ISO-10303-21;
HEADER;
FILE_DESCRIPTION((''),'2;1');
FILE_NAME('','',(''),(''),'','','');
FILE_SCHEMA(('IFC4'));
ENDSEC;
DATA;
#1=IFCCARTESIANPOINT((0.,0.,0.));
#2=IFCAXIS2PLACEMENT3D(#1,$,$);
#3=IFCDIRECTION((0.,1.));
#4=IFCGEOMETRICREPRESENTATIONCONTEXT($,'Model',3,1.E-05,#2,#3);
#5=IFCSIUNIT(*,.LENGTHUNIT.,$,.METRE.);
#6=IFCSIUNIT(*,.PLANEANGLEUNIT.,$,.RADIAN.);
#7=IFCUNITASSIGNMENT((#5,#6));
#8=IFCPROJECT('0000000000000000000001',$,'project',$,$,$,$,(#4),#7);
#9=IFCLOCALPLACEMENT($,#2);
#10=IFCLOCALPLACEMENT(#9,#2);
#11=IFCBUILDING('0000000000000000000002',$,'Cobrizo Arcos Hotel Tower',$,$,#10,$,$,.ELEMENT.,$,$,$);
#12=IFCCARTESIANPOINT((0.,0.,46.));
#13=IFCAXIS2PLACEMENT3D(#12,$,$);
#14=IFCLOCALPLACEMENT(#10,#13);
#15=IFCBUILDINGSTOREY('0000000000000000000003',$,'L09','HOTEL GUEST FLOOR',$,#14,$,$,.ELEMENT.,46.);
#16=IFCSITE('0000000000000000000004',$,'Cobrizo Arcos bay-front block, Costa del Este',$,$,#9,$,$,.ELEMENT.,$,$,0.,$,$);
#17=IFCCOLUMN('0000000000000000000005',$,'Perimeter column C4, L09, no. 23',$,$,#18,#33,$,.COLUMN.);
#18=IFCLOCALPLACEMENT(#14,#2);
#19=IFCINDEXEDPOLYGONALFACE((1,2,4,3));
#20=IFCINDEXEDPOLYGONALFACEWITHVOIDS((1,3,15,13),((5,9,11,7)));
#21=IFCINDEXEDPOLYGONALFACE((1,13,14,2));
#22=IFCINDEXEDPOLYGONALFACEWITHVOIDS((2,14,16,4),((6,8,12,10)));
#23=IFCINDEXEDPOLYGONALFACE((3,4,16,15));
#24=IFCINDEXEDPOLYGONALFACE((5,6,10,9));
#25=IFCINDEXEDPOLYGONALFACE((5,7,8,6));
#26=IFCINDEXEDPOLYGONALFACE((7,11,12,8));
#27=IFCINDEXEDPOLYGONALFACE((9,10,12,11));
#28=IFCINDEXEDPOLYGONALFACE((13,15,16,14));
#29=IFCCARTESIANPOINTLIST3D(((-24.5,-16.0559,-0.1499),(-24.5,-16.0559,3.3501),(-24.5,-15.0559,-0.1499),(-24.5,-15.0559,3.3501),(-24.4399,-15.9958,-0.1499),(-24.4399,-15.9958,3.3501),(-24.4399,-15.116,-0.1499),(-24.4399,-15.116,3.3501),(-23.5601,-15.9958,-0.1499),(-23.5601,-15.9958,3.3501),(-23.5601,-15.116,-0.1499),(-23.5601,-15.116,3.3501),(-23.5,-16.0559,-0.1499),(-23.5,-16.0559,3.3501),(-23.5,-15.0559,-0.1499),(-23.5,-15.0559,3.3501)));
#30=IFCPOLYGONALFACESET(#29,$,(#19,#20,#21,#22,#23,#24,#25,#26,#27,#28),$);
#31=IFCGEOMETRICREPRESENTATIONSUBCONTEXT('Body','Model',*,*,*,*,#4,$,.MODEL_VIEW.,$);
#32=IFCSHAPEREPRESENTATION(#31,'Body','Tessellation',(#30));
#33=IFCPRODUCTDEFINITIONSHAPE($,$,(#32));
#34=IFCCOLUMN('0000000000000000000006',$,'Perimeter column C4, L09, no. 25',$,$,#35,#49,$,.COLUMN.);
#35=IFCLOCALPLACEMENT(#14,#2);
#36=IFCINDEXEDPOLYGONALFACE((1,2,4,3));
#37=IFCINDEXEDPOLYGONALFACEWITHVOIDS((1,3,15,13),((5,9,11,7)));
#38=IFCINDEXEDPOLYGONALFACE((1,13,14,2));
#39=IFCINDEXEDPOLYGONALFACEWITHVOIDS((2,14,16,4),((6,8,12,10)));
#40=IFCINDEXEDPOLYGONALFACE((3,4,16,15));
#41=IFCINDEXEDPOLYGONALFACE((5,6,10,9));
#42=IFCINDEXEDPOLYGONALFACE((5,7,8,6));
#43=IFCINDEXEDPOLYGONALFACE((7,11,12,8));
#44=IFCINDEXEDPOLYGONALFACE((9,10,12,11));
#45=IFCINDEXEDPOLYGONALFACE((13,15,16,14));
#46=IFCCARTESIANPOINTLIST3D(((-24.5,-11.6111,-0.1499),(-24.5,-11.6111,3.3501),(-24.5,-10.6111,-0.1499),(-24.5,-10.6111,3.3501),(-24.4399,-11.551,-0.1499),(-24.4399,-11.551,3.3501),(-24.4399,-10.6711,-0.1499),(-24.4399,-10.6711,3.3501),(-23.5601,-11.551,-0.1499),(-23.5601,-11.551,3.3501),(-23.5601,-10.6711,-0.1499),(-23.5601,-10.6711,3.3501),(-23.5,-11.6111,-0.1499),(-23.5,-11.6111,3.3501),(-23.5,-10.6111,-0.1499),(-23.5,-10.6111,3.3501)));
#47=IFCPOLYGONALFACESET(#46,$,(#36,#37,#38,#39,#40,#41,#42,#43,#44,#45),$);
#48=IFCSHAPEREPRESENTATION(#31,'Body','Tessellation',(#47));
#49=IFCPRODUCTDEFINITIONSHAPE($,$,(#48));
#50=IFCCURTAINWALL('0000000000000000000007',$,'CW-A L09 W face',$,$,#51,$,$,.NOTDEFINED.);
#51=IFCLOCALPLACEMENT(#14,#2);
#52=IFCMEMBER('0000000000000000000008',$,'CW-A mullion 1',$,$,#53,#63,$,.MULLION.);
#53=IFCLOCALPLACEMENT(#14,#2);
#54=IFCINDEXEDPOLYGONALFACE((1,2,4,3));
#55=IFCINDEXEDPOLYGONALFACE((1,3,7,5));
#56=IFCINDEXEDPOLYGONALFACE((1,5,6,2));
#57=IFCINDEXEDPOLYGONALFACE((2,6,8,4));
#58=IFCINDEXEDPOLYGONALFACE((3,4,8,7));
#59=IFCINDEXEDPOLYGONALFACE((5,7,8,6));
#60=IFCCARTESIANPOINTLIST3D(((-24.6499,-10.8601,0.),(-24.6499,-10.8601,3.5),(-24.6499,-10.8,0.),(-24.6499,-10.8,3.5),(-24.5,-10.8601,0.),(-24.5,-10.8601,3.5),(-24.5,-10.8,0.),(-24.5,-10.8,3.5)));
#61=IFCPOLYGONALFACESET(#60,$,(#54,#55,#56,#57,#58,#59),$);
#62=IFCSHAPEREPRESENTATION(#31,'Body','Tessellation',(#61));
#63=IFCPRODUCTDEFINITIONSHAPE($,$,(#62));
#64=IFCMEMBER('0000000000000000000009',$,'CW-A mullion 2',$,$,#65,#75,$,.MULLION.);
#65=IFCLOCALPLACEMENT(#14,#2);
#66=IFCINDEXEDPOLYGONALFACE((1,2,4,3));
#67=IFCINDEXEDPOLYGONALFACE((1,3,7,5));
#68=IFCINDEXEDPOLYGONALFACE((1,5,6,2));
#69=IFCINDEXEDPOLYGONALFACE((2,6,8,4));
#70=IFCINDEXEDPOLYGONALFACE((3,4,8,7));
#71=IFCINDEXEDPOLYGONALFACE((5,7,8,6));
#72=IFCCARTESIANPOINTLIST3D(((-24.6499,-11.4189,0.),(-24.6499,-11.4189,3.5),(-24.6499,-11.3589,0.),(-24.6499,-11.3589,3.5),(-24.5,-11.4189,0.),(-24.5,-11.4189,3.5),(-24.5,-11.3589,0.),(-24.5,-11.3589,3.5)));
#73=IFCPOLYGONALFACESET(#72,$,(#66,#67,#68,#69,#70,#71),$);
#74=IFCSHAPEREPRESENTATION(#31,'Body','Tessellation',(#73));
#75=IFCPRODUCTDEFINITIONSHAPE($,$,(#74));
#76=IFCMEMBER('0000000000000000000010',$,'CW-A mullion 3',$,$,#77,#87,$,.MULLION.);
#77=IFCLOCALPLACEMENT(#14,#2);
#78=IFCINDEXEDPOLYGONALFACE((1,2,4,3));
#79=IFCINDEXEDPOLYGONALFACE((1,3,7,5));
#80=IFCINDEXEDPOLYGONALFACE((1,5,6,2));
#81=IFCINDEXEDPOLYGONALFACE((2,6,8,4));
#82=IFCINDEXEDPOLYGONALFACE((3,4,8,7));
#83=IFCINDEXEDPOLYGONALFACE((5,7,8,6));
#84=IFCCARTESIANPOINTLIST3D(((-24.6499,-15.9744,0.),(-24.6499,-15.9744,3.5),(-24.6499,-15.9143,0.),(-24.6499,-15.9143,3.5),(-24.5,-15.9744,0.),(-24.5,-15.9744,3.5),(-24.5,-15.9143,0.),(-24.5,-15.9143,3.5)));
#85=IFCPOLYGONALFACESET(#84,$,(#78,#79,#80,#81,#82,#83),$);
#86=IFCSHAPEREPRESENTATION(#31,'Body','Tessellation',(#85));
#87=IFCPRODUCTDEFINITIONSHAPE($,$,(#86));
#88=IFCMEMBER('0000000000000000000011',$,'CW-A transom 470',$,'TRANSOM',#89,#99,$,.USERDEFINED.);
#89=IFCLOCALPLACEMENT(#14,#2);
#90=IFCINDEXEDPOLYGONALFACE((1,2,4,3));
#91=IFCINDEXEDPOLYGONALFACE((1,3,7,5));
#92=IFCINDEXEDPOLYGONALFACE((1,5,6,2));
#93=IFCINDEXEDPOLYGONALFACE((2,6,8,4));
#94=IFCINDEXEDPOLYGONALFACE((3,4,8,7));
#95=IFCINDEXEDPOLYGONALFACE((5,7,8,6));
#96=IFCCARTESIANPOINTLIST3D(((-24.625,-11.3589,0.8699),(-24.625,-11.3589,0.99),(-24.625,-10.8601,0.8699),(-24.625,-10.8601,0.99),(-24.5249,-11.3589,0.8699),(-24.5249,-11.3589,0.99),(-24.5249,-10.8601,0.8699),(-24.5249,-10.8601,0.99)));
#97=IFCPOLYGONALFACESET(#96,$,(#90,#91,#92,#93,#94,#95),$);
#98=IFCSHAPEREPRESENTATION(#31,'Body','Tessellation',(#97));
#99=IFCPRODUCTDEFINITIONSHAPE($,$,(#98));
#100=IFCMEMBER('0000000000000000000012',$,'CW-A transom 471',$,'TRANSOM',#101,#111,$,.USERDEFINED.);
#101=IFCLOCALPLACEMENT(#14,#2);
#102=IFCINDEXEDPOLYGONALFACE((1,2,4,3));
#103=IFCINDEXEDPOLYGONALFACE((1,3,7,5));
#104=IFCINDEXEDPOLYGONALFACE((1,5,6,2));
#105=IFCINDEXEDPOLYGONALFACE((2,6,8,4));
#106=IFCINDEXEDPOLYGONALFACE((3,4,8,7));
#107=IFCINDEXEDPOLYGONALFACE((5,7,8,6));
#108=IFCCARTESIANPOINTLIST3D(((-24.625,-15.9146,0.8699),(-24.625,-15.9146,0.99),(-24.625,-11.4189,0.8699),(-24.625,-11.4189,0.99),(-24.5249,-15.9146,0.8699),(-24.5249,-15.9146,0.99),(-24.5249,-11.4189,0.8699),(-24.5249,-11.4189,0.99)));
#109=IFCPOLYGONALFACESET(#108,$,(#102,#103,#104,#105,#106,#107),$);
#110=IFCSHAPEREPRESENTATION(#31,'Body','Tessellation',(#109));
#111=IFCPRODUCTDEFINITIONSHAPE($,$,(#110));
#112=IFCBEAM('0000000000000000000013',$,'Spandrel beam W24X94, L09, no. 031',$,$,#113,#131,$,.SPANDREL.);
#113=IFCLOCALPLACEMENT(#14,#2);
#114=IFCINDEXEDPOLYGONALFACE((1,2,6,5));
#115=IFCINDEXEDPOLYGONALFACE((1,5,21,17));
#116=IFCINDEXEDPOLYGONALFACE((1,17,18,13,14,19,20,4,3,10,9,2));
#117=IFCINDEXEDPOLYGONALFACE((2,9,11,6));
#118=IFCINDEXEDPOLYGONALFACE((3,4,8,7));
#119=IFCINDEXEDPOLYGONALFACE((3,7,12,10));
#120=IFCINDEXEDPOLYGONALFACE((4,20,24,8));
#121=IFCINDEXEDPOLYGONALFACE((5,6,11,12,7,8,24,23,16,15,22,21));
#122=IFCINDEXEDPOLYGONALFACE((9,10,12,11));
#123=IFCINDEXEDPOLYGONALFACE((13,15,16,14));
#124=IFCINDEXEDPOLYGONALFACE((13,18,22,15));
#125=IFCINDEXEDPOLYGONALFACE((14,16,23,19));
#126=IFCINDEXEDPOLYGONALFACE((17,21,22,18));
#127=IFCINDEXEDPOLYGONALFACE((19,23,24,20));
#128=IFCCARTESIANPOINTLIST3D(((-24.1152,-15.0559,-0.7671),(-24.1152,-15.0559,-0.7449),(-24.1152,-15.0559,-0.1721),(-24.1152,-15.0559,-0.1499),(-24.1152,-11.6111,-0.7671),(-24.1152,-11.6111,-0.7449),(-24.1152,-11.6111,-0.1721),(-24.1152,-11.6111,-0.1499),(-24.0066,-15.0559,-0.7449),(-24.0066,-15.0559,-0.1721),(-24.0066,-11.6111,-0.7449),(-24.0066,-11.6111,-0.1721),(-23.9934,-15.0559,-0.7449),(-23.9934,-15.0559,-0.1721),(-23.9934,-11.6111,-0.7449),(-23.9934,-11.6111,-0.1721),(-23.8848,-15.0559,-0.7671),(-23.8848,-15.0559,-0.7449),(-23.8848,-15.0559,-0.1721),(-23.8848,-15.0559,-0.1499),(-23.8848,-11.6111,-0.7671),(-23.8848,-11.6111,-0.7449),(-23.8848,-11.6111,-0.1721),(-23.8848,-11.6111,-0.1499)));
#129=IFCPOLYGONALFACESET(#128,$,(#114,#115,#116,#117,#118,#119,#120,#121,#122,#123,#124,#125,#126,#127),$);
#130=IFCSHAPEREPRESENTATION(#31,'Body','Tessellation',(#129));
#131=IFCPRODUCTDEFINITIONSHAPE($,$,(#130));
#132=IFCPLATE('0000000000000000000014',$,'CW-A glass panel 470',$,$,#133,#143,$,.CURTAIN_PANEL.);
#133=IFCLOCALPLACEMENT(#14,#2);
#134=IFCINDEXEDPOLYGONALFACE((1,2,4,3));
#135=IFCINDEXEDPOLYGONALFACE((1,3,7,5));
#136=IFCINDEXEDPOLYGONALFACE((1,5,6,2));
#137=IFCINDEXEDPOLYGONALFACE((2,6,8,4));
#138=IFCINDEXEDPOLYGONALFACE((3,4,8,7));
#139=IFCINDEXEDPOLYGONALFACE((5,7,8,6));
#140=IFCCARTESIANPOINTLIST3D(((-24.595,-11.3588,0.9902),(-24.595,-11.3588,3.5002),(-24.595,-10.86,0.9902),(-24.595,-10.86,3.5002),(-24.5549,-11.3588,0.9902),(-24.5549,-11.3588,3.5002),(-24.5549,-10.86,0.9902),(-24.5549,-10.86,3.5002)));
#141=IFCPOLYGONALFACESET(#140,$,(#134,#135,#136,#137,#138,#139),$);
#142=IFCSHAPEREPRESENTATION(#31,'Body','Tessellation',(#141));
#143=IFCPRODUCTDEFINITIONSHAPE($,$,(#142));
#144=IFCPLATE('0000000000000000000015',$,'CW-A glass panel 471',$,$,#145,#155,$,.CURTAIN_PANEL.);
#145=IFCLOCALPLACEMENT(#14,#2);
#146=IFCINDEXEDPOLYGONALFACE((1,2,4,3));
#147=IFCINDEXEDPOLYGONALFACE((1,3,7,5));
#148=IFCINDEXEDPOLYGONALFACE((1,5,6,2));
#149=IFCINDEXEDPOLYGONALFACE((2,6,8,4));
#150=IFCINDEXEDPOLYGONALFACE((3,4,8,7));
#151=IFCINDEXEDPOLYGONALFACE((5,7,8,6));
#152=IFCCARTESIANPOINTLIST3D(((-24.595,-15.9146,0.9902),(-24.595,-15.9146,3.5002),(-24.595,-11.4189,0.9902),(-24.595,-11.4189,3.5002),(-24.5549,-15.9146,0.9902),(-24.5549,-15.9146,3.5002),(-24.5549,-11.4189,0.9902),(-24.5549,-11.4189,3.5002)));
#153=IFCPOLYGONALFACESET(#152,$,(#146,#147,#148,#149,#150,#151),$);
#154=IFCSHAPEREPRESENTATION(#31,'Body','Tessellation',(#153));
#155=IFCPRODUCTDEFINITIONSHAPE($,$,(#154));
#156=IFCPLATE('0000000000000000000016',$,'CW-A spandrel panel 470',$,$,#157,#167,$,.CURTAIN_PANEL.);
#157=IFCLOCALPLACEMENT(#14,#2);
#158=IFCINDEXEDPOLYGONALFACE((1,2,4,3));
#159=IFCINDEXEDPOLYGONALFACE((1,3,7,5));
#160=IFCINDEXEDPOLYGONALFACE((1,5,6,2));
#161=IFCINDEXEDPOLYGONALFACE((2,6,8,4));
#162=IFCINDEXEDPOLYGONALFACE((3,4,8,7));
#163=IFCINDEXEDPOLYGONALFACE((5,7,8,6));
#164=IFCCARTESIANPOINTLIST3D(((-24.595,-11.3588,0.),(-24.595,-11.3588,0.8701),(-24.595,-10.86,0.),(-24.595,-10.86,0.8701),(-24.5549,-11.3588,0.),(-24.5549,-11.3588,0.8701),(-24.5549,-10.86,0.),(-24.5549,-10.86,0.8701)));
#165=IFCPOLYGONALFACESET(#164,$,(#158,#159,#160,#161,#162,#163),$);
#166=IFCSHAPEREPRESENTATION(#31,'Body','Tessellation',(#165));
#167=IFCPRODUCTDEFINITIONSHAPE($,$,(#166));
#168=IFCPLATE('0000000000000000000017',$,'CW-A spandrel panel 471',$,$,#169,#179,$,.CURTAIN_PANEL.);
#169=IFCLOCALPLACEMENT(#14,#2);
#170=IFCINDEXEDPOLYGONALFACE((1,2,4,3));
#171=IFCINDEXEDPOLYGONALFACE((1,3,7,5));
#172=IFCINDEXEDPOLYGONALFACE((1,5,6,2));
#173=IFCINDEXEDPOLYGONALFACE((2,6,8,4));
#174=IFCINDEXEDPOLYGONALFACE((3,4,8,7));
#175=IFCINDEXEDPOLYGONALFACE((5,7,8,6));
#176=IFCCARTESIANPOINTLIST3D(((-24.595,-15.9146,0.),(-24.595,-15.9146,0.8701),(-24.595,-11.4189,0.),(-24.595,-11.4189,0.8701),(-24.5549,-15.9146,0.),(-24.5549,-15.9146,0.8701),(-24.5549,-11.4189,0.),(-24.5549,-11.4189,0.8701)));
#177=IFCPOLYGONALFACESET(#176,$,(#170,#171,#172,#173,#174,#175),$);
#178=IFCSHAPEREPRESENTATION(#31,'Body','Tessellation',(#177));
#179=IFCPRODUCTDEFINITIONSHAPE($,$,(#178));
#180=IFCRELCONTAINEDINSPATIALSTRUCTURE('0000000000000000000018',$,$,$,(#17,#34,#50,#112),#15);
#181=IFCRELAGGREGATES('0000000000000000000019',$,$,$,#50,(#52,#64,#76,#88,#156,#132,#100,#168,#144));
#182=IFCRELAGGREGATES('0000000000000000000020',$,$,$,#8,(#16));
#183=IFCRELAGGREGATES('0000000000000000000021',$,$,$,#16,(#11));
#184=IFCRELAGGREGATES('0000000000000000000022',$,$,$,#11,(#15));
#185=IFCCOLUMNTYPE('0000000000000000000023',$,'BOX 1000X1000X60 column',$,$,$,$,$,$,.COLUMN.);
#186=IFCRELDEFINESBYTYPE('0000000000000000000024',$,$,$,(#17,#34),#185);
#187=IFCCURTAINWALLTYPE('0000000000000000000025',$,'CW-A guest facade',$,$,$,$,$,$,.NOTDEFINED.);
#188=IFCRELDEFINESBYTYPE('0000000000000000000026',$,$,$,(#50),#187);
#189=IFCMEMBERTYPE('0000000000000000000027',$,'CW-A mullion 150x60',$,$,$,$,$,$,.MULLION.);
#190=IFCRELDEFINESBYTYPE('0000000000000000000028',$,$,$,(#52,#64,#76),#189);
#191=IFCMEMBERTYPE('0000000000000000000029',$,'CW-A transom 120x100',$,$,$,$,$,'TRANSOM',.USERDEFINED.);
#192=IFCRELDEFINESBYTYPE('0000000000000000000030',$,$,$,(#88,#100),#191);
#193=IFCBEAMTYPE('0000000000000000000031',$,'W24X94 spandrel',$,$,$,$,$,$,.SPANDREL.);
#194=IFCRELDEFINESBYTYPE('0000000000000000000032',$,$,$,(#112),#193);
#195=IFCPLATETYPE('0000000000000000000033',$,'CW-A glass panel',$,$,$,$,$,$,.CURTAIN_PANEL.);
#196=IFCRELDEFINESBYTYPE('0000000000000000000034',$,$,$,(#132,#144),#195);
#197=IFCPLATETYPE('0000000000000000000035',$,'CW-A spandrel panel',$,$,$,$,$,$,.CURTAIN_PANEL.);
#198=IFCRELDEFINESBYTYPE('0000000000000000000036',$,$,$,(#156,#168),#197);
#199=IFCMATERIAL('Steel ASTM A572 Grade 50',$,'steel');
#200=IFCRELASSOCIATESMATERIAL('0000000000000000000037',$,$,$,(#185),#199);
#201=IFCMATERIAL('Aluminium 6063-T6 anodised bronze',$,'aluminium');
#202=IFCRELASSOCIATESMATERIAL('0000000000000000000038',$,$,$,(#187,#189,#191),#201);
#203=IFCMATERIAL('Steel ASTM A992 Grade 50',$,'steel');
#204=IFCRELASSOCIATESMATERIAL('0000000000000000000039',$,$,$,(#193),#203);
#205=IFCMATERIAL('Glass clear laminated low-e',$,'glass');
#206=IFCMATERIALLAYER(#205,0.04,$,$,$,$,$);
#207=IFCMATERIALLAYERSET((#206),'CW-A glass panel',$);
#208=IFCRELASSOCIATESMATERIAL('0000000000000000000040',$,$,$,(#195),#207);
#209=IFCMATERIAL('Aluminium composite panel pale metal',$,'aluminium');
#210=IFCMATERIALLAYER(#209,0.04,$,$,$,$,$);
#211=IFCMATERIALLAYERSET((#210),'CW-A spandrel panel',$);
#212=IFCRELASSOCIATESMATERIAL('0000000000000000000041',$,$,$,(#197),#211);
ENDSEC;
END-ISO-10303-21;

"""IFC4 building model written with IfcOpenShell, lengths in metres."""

from ifc_helpers import new_model, si_unit, direction, frame, origin, origin_2d, place, context, subcontext, project, spatial, rectangle, hollow_rectangle, i_section, extrude, material, layer, layer_set, material_profile, profile_set, type_object, element, aggregate, save


model = new_model("IFC4")

# Units and contexts
model_context = context("Model", 3, precision=1e-05, world=origin(), true_north=direction((0.0, 1.0)))
body_context = subcontext(model_context, "Body", "Model", "MODEL_VIEW")
ifc_project = project(units=[si_unit("LENGTHUNIT", "METRE"), si_unit("PLANEANGLEUNIT", "RADIAN")], contexts=[model_context])

# Site, building, storey
site_placement = place(None, origin())
site = spatial("IfcSite", under=ifc_project, at=site_placement, Name="Cobrizo Arcos bay-front block, Costa del Este", CompositionType="ELEMENT", RefElevation=0.0)
building_placement = place(site_placement, origin())
building = spatial("IfcBuilding", under=site, at=building_placement, Name="Cobrizo Arcos Hotel Tower", CompositionType="ELEMENT")
storey_placement = place(building_placement, frame((0.0, 0.0, 46.0)))
storey = spatial("IfcBuildingStorey", under=building, at=storey_placement, Name="L09", Description="HOTEL GUEST FLOOR", CompositionType="ELEMENT", Elevation=46.0)

# Columns
ifc_material_1 = material(Name="Steel ASTM A572 Grade 50", Category="steel")
ifc_material_profile_1 = material_profile(ifc_material_1, hollow_rectangle(XDim=1.0, YDim=1.0, WallThickness=0.0601, at=origin_2d()), Name="BOX 1000X1000X60")
ifc_profile_set_1 = profile_set([ifc_material_profile_1], Name="Steel ASTM A572 Grade 50")
column_type = type_object("IfcColumnType", Name="BOX 1000X1000X60 column", PredefinedType="COLUMN", material=ifc_profile_set_1)
for number, where, z_axis, x_axis, name in (
    (1, (-24.0, -15.5559, -0.1499), (0.0, 0.0, 1.0), (1.0, 0.0, 0.0), "Perimeter column C4, L09, no. 23"),
    (2, (-24.0, -11.1111, -0.1499), (0.0, 0.0, 1.0), (1.0, 0.0, 0.0), "Perimeter column C4, L09, no. 25"),
):
    element("IfcColumn", number, at=place(storey_placement, frame(where, z_axis=z_axis, x_axis=x_axis)), inside=storey, type_object=column_type, Name=name, PredefinedType="COLUMN", context=body_context, shape_type="SweptSolid", body=[
        extrude(hollow_rectangle(XDim=1.0, YDim=1.0, WallThickness=0.0601, at=origin_2d()), origin(), (0.0, 0.0, 1.0), 3.5),
    ])

# Curtain wall, members
ifc_material_2 = material(Name="Aluminium 6063-T6 anodised bronze", Category="aluminium")
curtain_wall_type = type_object("IfcCurtainWallType", Name="CW-A guest facade", PredefinedType="NOTDEFINED", material=ifc_material_2)
curtain_wall_placement = place(storey_placement, origin())
curtain_wall = element("IfcCurtainWall", 3, at=curtain_wall_placement, inside=storey, type_object=curtain_wall_type, Name="CW-A L09 W face", PredefinedType="NOTDEFINED")
ifc_material_profile_2 = material_profile(ifc_material_2, rectangle(XDim=0.1499, YDim=0.0601, at=origin_2d()), Name="CW-A mullion 150x60")
ifc_profile_set_2 = profile_set([ifc_material_profile_2], Name="Aluminium 6063-T6 anodised bronze")
member_type_1 = type_object("IfcMemberType", Name="CW-A mullion 150x60", PredefinedType="MULLION", material=ifc_profile_set_2)
member_1_placement = place(storey_placement, frame((-24.575, -10.8301, 0.0), z_axis=(0.0, 0.0, 1.0), x_axis=(-1.0, 0.0, 0.0)))
member_1 = element("IfcMember", 4, at=member_1_placement, type_object=member_type_1, Name="CW-A mullion 1", PredefinedType="MULLION", context=body_context, shape_type="SweptSolid", body=[
    extrude(rectangle(XDim=0.1499, YDim=0.0601, at=origin_2d()), origin(), (0.0, 0.0, 1.0), 3.5),
])
member_2_placement = place(storey_placement, frame((-24.575, -11.3889, 0.0), z_axis=(0.0, 0.0, 1.0), x_axis=(-1.0, 0.0, 0.0)))
member_2 = element("IfcMember", 5, at=member_2_placement, type_object=member_type_1, Name="CW-A mullion 2", PredefinedType="MULLION", context=body_context, shape_type="SweptSolid", body=[
    extrude(rectangle(XDim=0.1499, YDim=0.0601, at=origin_2d()), origin(), (0.0, 0.0, 1.0), 3.5),
])
member_3_placement = place(storey_placement, frame((-24.575, -15.9443, 0.0), z_axis=(0.0, 0.0, 1.0), x_axis=(-1.0, 0.0, 0.0)))
member_3 = element("IfcMember", 6, at=member_3_placement, type_object=member_type_1, Name="CW-A mullion 3", PredefinedType="MULLION", context=body_context, shape_type="SweptSolid", body=[
    extrude(rectangle(XDim=0.1499, YDim=0.0601, at=origin_2d()), origin(), (0.0, 0.0, 1.0), 3.5),
])
ifc_material_profile_3 = material_profile(ifc_material_2, rectangle(XDim=0.1001, YDim=0.1201, at=origin_2d()), Name="CW-A transom 120x100")
ifc_profile_set_3 = profile_set([ifc_material_profile_3], Name="Aluminium 6063-T6 anodised bronze")
member_type_2 = type_object("IfcMemberType", Name="CW-A transom 120x100", ElementType="TRANSOM", PredefinedType="USERDEFINED", material=ifc_profile_set_3)
member_4_placement = place(storey_placement, frame((-24.575, -10.8601, 0.9299), z_axis=(0.0, -1.0, 0.0), x_axis=(1.0, 0.0, 0.0)))
member_4 = element("IfcMember", 7, at=member_4_placement, type_object=member_type_2, Name="CW-A transom 470", ObjectType="TRANSOM", PredefinedType="USERDEFINED", context=body_context, shape_type="SweptSolid", body=[
    extrude(rectangle(XDim=0.1001, YDim=0.1201, at=origin_2d()), origin(), (0.0, 0.0, 1.0), 0.4988),
])
member_5_placement = place(storey_placement, frame((-24.575, -11.4189, 0.9299), z_axis=(0.0, -1.0, 0.0), x_axis=(1.0, 0.0, 0.0)))
member_5 = element("IfcMember", 8, at=member_5_placement, type_object=member_type_2, Name="CW-A transom 471", ObjectType="TRANSOM", PredefinedType="USERDEFINED", context=body_context, shape_type="SweptSolid", body=[
    extrude(rectangle(XDim=0.1001, YDim=0.1201, at=origin_2d()), origin(), (0.0, 0.0, 1.0), 4.4956),
])

# Beam
ifc_material_3 = material(Name="Steel ASTM A992 Grade 50", Category="steel")
ifc_material_profile_4 = material_profile(ifc_material_3, i_section(OverallWidth=0.2305, OverallDepth=0.6172, WebThickness=0.0132, FlangeThickness=0.0222, at=origin_2d()), Name="W24X94")
ifc_profile_set_4 = profile_set([ifc_material_profile_4], Name="Steel ASTM A992 Grade 50")
beam_type = type_object("IfcBeamType", Name="W24X94 spandrel", PredefinedType="SPANDREL", material=ifc_profile_set_4)
beam_placement = place(storey_placement, frame((-24.0, -11.6111, -0.4585), z_axis=(0.0, -1.0, 0.0), x_axis=(1.0, 0.0, 0.0)))
element("IfcBeam", 9, at=beam_placement, inside=storey, type_object=beam_type, Name="Spandrel beam W24X94, L09, no. 031", PredefinedType="SPANDREL", context=body_context, shape_type="SweptSolid", body=[
    extrude(i_section(OverallWidth=0.2305, OverallDepth=0.6172, WebThickness=0.0132, FlangeThickness=0.0222, at=origin_2d()), origin(), (0.0, 0.0, 1.0), 3.4448),
])

# Plates
ifc_material_4 = material(Name="Glass clear laminated low-e", Category="glass")
ifc_layer_1 = layer(ifc_material_4, 0.04)
ifc_layer_set_1 = layer_set([ifc_layer_1], Name="CW-A glass panel")
plate_type_1 = type_object("IfcPlateType", Name="CW-A glass panel", PredefinedType="CURTAIN_PANEL", material=ifc_layer_set_1)
plate_1_placement = place(storey_placement, frame((-24.575, -11.1094, 0.9902), z_axis=(0.0, 0.0, 1.0), x_axis=(0.0, -1.0, 0.0)))
plate_1 = element("IfcPlate", 10, at=plate_1_placement, type_object=plate_type_1, Name="CW-A glass panel 470", PredefinedType="CURTAIN_PANEL", context=body_context, shape_type="SweptSolid", body=[
    extrude(rectangle(XDim=0.4988, YDim=0.04, at=origin_2d()), origin(), (0.0, 0.0, 1.0), 2.51),
])
plate_2_placement = place(storey_placement, frame((-24.575, -13.6667, 0.9902), z_axis=(0.0, 0.0, 1.0), x_axis=(0.0, -1.0, 0.0)))
plate_2 = element("IfcPlate", 11, at=plate_2_placement, type_object=plate_type_1, Name="CW-A glass panel 471", PredefinedType="CURTAIN_PANEL", context=body_context, shape_type="SweptSolid", body=[
    extrude(rectangle(XDim=4.4956, YDim=0.04, at=origin_2d()), origin(), (0.0, 0.0, 1.0), 2.51),
])
ifc_material_5 = material(Name="Aluminium composite panel pale metal", Category="aluminium")
ifc_layer_2 = layer(ifc_material_5, 0.04)
ifc_layer_set_2 = layer_set([ifc_layer_2], Name="CW-A spandrel panel")
plate_type_2 = type_object("IfcPlateType", Name="CW-A spandrel panel", PredefinedType="CURTAIN_PANEL", material=ifc_layer_set_2)
plate_3_placement = place(storey_placement, frame((-24.575, -11.1094, 0.0), z_axis=(0.0, 0.0, 1.0), x_axis=(0.0, -1.0, 0.0)))
plate_3 = element("IfcPlate", 12, at=plate_3_placement, type_object=plate_type_2, Name="CW-A spandrel panel 470", PredefinedType="CURTAIN_PANEL", context=body_context, shape_type="SweptSolid", body=[
    extrude(rectangle(XDim=0.4988, YDim=0.04, at=origin_2d()), origin(), (0.0, 0.0, 1.0), 0.8701),
])
plate_4_placement = place(storey_placement, frame((-24.575, -13.6667, 0.0), z_axis=(0.0, 0.0, 1.0), x_axis=(0.0, -1.0, 0.0)))
plate_4 = element("IfcPlate", 13, at=plate_4_placement, type_object=plate_type_2, Name="CW-A spandrel panel 471", PredefinedType="CURTAIN_PANEL", context=body_context, shape_type="SweptSolid", body=[
    extrude(rectangle(XDim=4.4956, YDim=0.04, at=origin_2d()), origin(), (0.0, 0.0, 1.0), 0.8701),
])
aggregate(curtain_wall, [member_1, member_2, member_3, member_4, plate_3, plate_1, member_5, plate_4, plate_2])

save(model, "model.ifc")
